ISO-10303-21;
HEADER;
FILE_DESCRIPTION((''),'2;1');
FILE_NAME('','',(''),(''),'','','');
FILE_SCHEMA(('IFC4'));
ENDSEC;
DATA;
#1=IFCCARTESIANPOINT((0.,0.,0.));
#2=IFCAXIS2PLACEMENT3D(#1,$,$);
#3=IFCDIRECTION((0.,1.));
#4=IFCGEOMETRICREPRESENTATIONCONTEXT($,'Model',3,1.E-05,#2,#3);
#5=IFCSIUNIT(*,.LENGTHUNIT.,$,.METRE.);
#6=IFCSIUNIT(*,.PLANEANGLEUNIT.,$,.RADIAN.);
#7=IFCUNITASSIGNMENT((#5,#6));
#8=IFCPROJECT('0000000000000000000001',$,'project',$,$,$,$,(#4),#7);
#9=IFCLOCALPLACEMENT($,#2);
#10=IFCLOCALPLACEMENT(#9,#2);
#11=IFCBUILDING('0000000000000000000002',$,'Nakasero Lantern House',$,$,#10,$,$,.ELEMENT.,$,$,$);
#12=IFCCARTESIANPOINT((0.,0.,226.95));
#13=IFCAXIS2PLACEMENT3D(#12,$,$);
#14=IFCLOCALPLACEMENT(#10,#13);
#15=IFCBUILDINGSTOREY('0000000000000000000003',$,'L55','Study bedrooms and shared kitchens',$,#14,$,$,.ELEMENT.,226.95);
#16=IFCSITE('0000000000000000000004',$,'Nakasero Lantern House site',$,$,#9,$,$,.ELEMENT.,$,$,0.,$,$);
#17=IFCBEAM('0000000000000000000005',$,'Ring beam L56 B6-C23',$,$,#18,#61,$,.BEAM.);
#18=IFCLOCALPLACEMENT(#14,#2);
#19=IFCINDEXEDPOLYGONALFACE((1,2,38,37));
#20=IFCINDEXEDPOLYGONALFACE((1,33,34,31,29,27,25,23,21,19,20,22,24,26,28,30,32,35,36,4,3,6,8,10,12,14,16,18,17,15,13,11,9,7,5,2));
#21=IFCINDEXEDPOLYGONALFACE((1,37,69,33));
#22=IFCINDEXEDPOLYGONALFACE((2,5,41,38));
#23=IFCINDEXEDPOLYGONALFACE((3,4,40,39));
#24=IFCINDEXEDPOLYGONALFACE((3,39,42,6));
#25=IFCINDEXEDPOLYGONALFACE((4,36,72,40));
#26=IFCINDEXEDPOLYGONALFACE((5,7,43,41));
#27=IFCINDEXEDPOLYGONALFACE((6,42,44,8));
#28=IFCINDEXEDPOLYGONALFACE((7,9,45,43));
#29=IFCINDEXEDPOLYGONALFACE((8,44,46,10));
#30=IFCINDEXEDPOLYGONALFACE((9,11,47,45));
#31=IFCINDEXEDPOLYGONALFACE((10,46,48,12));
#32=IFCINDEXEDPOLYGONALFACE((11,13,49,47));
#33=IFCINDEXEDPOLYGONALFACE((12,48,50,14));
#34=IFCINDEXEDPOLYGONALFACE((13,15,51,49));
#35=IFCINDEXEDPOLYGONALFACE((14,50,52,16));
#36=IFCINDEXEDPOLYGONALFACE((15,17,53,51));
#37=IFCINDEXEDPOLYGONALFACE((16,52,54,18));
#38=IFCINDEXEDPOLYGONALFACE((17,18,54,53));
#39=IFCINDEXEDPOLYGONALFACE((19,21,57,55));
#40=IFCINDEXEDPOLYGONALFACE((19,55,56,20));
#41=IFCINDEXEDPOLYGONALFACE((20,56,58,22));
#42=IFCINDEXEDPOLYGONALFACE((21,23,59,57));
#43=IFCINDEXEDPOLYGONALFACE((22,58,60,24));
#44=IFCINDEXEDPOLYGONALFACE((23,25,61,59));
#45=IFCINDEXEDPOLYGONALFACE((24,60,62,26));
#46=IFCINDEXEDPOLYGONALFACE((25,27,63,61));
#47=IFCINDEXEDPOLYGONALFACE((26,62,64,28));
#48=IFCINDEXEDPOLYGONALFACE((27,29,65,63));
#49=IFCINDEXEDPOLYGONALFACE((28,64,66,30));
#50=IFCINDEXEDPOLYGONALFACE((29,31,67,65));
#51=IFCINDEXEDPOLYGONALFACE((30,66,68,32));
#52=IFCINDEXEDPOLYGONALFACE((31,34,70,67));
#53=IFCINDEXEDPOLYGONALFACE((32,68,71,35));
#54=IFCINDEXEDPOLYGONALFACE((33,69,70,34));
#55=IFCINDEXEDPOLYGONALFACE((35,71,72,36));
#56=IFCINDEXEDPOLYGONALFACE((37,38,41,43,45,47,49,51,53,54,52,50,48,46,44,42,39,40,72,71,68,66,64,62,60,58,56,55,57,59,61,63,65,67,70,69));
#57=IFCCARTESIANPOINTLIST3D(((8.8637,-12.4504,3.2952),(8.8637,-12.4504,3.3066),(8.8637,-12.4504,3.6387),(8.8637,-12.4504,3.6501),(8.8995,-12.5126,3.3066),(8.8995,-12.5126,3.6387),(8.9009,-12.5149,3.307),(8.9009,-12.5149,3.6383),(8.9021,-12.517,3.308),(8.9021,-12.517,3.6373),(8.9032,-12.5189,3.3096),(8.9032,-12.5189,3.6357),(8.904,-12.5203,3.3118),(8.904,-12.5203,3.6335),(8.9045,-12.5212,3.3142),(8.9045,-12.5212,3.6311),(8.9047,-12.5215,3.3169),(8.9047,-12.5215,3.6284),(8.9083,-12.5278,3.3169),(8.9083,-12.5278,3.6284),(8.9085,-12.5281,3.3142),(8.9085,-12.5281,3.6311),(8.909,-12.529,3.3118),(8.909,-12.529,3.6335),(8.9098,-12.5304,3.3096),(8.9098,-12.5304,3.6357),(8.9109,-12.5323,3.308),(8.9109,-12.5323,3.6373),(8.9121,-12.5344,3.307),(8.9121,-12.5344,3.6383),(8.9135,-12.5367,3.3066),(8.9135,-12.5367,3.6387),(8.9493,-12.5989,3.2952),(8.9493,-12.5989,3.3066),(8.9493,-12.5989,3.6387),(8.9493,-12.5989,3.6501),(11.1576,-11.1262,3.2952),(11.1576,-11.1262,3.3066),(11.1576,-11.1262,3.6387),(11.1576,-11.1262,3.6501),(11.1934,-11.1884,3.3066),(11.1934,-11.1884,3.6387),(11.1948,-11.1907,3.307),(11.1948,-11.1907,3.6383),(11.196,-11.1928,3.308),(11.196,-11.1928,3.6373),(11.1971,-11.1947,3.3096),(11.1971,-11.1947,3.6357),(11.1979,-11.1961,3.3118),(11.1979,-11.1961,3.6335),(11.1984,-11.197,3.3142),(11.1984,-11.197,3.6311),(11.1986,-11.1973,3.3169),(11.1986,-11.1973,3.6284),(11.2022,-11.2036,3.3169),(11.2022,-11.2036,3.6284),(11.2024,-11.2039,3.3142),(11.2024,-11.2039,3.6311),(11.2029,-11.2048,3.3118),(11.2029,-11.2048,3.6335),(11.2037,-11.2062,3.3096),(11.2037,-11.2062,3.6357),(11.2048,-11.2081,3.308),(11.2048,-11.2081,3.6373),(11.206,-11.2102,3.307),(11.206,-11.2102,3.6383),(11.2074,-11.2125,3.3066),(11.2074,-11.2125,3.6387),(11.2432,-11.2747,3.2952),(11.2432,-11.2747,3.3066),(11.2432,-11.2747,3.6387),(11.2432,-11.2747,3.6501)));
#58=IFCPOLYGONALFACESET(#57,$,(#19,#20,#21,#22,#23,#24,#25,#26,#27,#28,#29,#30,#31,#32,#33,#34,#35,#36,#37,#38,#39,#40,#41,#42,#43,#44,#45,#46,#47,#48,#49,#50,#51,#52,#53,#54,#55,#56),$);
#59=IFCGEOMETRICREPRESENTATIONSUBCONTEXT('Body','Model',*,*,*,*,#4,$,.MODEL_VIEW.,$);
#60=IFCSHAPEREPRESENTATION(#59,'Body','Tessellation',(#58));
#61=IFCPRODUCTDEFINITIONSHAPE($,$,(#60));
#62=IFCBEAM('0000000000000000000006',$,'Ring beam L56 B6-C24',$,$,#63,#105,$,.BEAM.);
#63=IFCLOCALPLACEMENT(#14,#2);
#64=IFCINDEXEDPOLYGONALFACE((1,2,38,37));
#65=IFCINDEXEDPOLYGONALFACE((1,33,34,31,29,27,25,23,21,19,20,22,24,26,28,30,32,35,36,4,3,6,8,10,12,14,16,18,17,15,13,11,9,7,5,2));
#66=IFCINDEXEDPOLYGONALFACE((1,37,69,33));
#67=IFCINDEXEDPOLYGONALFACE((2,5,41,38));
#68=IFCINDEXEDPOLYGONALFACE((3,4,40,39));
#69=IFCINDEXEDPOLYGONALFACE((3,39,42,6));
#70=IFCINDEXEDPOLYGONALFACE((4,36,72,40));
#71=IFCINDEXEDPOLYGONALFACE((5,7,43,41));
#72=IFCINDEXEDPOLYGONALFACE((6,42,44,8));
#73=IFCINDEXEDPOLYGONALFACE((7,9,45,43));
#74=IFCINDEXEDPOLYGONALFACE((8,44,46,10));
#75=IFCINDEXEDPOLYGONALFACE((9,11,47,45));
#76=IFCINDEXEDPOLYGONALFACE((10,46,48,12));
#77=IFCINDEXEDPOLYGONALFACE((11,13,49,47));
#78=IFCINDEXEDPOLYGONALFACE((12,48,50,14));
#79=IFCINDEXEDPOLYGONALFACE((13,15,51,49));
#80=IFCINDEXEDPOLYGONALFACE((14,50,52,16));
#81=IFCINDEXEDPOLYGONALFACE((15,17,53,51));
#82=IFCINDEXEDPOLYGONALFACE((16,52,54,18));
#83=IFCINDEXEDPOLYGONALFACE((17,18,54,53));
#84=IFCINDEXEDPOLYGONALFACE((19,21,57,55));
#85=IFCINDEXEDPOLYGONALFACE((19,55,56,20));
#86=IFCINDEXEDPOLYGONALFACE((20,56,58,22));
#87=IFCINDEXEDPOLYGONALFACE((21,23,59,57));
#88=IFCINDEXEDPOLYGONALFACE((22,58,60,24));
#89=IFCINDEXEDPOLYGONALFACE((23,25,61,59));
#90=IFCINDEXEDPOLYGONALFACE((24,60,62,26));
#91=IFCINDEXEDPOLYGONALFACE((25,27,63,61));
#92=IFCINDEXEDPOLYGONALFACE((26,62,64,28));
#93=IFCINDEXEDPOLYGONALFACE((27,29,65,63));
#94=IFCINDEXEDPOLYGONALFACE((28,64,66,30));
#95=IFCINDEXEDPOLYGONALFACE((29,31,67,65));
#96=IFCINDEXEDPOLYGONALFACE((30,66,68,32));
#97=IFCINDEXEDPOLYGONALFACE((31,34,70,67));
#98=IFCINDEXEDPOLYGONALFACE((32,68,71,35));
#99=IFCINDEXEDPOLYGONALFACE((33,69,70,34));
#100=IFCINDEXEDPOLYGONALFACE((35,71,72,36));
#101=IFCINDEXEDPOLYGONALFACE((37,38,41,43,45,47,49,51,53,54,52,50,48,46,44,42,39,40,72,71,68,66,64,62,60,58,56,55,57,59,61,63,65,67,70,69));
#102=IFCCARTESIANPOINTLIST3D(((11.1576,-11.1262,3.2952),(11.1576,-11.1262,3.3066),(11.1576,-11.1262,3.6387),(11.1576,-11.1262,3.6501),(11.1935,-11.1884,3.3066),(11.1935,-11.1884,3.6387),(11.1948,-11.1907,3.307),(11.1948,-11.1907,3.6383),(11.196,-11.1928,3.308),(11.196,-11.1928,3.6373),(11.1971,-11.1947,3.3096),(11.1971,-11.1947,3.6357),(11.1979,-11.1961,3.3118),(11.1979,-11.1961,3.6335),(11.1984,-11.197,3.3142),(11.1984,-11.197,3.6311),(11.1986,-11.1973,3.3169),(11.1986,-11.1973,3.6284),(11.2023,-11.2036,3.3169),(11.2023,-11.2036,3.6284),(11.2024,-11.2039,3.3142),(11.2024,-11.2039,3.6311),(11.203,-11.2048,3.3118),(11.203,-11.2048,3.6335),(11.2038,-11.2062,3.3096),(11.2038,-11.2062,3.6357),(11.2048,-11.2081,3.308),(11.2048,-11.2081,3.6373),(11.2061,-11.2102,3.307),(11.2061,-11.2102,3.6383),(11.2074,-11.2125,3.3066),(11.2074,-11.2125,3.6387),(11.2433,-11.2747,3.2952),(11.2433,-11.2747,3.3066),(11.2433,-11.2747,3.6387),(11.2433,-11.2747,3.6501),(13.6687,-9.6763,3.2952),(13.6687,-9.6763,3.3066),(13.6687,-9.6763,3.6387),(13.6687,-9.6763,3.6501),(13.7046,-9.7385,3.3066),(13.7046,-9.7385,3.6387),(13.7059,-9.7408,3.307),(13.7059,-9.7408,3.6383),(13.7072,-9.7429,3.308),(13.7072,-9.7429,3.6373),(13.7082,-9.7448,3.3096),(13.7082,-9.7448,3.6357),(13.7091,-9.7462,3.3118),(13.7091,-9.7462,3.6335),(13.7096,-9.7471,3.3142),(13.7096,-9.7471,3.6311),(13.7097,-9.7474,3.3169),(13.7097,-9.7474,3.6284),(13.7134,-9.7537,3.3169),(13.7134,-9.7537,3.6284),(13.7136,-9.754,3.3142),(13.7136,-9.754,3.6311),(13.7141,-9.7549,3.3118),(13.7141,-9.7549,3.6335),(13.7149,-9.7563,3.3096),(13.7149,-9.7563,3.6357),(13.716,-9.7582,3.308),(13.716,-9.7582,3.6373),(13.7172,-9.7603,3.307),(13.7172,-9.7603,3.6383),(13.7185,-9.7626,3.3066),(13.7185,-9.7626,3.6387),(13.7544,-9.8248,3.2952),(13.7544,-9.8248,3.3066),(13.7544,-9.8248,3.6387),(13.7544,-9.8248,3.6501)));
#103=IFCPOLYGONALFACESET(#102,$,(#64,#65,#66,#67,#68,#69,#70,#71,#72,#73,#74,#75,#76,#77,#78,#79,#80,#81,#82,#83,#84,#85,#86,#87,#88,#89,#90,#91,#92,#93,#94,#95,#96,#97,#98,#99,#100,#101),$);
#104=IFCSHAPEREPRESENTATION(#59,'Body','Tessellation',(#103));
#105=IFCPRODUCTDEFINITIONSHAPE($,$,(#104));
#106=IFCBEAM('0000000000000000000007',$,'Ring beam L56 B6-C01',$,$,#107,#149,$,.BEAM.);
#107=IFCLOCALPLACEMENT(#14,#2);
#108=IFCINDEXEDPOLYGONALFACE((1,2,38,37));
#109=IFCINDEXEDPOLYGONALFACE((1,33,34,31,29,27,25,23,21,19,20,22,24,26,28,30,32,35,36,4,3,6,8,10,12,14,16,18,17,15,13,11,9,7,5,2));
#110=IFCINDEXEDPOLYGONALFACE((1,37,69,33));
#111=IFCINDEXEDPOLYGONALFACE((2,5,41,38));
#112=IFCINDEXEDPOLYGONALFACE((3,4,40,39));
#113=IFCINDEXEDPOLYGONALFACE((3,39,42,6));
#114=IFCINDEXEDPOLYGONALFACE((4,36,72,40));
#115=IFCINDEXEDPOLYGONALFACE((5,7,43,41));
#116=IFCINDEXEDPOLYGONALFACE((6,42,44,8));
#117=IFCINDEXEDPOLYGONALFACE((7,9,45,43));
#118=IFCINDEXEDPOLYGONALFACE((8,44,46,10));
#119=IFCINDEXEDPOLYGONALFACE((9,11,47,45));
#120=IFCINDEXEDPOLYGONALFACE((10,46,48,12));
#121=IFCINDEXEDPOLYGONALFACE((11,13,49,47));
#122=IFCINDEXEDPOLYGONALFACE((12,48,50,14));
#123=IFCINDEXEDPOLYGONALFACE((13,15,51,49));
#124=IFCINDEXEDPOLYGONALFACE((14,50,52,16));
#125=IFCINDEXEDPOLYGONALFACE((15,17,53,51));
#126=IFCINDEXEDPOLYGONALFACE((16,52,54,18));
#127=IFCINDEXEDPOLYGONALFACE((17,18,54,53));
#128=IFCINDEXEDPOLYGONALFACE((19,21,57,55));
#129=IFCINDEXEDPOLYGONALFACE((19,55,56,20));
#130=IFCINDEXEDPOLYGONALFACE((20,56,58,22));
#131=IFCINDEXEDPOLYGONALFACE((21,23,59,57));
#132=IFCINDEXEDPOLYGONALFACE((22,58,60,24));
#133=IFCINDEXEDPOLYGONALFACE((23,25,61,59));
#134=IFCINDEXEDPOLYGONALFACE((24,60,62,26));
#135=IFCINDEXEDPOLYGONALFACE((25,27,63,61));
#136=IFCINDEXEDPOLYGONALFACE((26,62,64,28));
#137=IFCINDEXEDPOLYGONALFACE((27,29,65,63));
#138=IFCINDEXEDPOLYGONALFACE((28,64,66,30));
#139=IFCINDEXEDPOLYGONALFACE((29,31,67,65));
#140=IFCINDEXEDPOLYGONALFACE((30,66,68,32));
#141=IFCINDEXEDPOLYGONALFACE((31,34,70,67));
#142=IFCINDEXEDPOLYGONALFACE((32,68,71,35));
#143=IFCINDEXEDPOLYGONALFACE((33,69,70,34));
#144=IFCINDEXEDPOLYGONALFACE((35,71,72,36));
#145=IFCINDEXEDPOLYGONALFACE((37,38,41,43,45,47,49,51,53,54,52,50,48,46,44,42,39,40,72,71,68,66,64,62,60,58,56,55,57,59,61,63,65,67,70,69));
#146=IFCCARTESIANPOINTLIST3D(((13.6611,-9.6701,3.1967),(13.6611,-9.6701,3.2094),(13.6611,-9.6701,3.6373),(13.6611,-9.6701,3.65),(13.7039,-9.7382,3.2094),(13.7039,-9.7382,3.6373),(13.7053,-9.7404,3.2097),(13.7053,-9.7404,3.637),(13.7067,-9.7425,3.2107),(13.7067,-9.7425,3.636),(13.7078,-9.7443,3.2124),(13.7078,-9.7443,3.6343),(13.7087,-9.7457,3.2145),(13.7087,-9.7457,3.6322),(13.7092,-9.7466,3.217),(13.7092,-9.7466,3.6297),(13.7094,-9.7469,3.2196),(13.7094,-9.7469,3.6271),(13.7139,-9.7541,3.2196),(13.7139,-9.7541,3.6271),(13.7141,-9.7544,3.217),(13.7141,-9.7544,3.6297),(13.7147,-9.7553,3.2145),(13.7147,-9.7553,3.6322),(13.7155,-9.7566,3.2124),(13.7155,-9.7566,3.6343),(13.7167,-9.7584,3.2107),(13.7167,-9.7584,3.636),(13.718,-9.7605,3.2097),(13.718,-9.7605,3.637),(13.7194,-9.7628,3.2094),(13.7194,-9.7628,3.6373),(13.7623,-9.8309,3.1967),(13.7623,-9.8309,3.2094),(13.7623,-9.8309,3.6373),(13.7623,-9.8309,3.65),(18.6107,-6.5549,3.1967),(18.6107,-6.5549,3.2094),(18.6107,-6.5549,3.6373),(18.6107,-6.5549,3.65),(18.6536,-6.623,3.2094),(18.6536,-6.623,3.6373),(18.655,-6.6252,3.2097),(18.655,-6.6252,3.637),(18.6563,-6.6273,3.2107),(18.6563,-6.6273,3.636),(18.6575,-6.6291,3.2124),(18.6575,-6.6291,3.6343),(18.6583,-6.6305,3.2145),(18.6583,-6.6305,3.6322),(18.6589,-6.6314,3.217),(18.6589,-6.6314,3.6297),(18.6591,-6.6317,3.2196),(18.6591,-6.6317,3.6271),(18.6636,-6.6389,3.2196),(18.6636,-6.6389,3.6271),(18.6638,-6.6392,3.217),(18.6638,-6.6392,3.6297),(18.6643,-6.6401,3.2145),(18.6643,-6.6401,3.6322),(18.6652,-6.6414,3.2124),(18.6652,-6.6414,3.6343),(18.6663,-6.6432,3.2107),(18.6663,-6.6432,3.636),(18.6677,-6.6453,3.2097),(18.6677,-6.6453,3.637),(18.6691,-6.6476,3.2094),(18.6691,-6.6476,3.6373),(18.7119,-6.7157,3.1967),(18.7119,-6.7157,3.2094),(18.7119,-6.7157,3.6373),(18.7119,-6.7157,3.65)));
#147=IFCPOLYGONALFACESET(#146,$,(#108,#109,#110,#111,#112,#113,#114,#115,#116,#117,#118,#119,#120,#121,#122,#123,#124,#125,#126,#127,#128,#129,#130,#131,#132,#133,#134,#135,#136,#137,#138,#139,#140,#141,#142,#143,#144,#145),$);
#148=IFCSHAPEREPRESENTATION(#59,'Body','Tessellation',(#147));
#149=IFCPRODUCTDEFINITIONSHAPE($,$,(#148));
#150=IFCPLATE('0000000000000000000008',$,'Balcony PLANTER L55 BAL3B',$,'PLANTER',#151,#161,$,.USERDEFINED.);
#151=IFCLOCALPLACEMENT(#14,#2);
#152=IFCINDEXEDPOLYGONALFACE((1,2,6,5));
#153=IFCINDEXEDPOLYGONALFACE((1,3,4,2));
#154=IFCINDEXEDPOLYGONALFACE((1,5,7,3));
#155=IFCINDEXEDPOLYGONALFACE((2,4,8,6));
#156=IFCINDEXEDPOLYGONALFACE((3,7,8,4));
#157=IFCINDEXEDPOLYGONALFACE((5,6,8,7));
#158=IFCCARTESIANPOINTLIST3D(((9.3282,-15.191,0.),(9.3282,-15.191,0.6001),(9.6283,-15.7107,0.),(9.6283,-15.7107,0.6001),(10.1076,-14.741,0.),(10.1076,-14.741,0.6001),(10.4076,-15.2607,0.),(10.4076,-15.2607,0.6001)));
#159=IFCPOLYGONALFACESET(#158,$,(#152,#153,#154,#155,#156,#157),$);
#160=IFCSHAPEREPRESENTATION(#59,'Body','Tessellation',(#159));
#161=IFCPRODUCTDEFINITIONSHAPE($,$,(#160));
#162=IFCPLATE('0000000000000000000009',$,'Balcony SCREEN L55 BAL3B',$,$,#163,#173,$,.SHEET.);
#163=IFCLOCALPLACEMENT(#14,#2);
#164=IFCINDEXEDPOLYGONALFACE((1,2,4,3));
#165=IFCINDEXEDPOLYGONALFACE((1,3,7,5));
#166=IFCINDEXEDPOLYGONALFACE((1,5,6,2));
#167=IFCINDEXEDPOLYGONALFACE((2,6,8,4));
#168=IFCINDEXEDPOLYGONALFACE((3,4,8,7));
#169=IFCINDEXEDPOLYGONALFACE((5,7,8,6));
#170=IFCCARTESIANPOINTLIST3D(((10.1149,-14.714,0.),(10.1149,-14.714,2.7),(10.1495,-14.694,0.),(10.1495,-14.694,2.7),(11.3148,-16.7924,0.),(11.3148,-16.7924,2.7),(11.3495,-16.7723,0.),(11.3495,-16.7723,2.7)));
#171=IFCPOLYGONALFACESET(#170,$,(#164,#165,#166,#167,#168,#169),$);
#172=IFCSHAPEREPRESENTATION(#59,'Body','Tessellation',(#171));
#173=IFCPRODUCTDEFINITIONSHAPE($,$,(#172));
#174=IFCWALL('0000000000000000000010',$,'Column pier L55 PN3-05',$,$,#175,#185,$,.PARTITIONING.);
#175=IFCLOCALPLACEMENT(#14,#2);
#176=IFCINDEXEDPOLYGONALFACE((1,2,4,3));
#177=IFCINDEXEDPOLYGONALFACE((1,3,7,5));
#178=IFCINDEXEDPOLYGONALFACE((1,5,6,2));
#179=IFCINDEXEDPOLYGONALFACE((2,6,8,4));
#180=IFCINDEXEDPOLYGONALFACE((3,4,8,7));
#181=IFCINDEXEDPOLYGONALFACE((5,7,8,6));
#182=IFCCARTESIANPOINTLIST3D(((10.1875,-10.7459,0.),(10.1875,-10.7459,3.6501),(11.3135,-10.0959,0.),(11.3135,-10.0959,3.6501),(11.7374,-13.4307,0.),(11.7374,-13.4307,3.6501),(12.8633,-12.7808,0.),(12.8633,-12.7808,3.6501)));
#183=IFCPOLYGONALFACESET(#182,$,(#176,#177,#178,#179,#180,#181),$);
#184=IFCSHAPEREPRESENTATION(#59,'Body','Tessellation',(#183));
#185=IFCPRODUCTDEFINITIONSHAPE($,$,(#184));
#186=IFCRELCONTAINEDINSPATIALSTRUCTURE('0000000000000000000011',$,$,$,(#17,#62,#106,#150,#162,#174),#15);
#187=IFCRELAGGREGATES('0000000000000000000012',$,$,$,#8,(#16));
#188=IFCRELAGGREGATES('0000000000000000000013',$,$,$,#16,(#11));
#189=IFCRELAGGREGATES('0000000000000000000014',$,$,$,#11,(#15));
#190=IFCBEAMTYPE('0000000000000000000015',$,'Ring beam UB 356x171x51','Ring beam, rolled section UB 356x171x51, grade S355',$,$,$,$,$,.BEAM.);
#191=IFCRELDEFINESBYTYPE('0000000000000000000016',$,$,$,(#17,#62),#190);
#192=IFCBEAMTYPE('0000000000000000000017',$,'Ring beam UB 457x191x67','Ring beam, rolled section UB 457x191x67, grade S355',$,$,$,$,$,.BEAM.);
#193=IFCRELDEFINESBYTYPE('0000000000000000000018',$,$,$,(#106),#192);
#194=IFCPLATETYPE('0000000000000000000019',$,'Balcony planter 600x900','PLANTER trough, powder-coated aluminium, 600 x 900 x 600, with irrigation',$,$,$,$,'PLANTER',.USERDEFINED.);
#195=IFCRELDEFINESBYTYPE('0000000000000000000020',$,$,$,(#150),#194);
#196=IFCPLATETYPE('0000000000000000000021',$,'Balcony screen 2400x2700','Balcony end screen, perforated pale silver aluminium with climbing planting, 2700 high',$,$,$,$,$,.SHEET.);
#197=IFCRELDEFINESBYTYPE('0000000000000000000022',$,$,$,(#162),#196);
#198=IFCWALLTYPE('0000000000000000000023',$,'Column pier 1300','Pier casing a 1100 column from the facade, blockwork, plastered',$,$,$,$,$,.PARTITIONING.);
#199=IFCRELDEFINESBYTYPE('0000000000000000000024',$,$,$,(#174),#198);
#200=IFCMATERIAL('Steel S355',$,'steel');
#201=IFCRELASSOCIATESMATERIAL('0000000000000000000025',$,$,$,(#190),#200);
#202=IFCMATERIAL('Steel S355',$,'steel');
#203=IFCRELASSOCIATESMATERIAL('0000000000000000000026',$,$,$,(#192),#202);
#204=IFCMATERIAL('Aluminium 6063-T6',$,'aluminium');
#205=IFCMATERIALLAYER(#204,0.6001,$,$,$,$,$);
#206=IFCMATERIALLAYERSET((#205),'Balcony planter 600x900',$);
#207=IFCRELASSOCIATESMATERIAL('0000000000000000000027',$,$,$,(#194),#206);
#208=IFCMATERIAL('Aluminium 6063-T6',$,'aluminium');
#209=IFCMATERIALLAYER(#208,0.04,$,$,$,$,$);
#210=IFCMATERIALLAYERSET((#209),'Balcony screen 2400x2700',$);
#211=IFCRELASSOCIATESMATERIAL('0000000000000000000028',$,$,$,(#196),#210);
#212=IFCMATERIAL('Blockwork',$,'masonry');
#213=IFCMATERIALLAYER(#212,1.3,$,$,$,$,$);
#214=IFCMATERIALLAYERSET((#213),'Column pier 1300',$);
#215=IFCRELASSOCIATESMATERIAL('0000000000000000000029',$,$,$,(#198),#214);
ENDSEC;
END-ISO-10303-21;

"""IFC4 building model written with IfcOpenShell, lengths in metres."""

from ifc_helpers import new_model, si_unit, direction, frame, frame_2d, origin, origin_2d, place, context, subcontext, project, spatial, rectangle, i_section, extrude, material, layer, layer_set, material_profile, profile_set, type_object, element, save


model = new_model("IFC4")

# Units and contexts
model_context = context("Model", 3, precision=1e-05, world=origin(), true_north=direction((0.0, 1.0)))
body_context = subcontext(model_context, "Body", "Model", "MODEL_VIEW")
ifc_project = project(units=[si_unit("LENGTHUNIT", "METRE"), si_unit("PLANEANGLEUNIT", "RADIAN")], contexts=[model_context])

# Site, building, storey
site_placement = place(None, origin())
site = spatial("IfcSite", under=ifc_project, at=site_placement, Name="Nakasero Lantern House site", CompositionType="ELEMENT", RefElevation=0.0)
building_placement = place(site_placement, origin())
building = spatial("IfcBuilding", under=site, at=building_placement, Name="Nakasero Lantern House", CompositionType="ELEMENT")
storey_placement = place(building_placement, frame((0.0, 0.0, 226.95)))
storey = spatial("IfcBuildingStorey", under=building, at=storey_placement, Name="L55", Description="Study bedrooms and shared kitchens", CompositionType="ELEMENT", Elevation=226.95)

# Beams
ifc_material_1 = material(Name="Steel S355", Category="steel")
ifc_material_profile_1 = material_profile(ifc_material_1, i_section(OverallWidth=0.1714, OverallDepth=0.355, WebThickness=0.0073, FlangeThickness=0.0115, FilletRadius=0.0103, at=origin_2d()), Name="UB 356x171x51")
ifc_profile_set_1 = profile_set([ifc_material_profile_1], Name="Steel S355")
beam_type_1 = type_object("IfcBeamType", Name="Ring beam UB 356x171x51", Description="Ring beam, rolled section UB 356x171x51, grade S355", PredefinedType="BEAM", material=ifc_profile_set_1)
beam_1_placement = place(storey_placement, frame((8.9065, -12.5247, 3.4727), z_axis=(0.866057, 0.499946, 0.0), x_axis=(-0.499946, 0.866057, 0.0)))
element("IfcBeam", 1, at=beam_1_placement, inside=storey, type_object=beam_type_1, Name="Ring beam L56 B6-C23", PredefinedType="BEAM", context=body_context, shape_type="SweptSolid", body=[
    extrude(i_section(OverallWidth=0.1714, OverallDepth=0.355, WebThickness=0.0073, FlangeThickness=0.0115, FilletRadius=0.0103, at=origin_2d()), origin(), (0.0, 0.0, 1.0), 2.6487),
])
beam_2_placement = place(storey_placement, frame((11.2004, -11.2004, 3.4727), z_axis=(0.866012, 0.500024, 0.0), x_axis=(-0.500024, 0.866012, 0.0)))
element("IfcBeam", 2, at=beam_2_placement, inside=storey, type_object=beam_type_1, Name="Ring beam L56 B6-C24", PredefinedType="BEAM", context=body_context, shape_type="SweptSolid", body=[
    extrude(i_section(OverallWidth=0.1714, OverallDepth=0.355, WebThickness=0.0073, FlangeThickness=0.0115, FilletRadius=0.0103, at=origin_2d()), origin(), (0.0, 0.0, 1.0), 2.8997),
])
ifc_material_2 = material(Name="Steel S355", Category="steel")
ifc_material_profile_2 = material_profile(ifc_material_2, i_section(OverallWidth=0.1899, OverallDepth=0.4534, WebThickness=0.0085, FlangeThickness=0.0127, FilletRadius=0.0103, at=origin_2d()), Name="UB 457x191x67")
ifc_profile_set_2 = profile_set([ifc_material_profile_2], Name="Steel S355")
beam_type_2 = type_object("IfcBeamType", Name="Ring beam UB 457x191x67", Description="Ring beam, rolled section UB 457x191x67, grade S355", PredefinedType="BEAM", material=ifc_profile_set_2)
beam_3_placement = place(storey_placement, frame((13.7117, -9.7505, 3.4233), z_axis=(0.846329, 0.53266, 0.0), x_axis=(-0.53266, 0.846329, 0.0)))
element("IfcBeam", 3, at=beam_3_placement, inside=storey, type_object=beam_type_2, Name="Ring beam L56 B6-C01", PredefinedType="BEAM", context=body_context, shape_type="SweptSolid", body=[
    extrude(i_section(OverallWidth=0.1899, OverallDepth=0.4534, WebThickness=0.0085, FlangeThickness=0.0127, FilletRadius=0.0103, at=origin_2d()), origin(), (0.0, 0.0, 1.0), 5.8484),
])

# Plates
ifc_material_3 = material(Name="Aluminium 6063-T6", Category="aluminium")
ifc_layer_1 = layer(ifc_material_3, 0.6001)
ifc_layer_set_1 = layer_set([ifc_layer_1], Name="Balcony planter 600x900")
plate_type_1 = type_object("IfcPlateType", Name="Balcony planter 600x900", Description="PLANTER trough, powder-coated aluminium, 600 x 900 x 600, with irrigation", ElementType="PLANTER", PredefinedType="USERDEFINED", material=ifc_layer_set_1)
plate_1_placement = place(storey_placement, frame((9.8679, -15.2258, 0.0), z_axis=(0.0, 0.0, 1.0), x_axis=(0.5, -0.866025, 0.0)))
element("IfcPlate", 4, at=plate_1_placement, inside=storey, type_object=plate_type_1, Name="Balcony PLANTER L55 BAL3B", ObjectType="PLANTER", PredefinedType="USERDEFINED", context=body_context, shape_type="SweptSolid", body=[
    extrude(rectangle(XDim=0.6001, YDim=0.8999, at=origin_2d()), origin(), (0.0, 0.0, 1.0), 0.6001),
])
ifc_material_4 = material(Name="Aluminium 6063-T6", Category="aluminium")
ifc_layer_2 = layer(ifc_material_4, 0.04)
ifc_layer_set_2 = layer_set([ifc_layer_2], Name="Balcony screen 2400x2700")
plate_type_2 = type_object("IfcPlateType", Name="Balcony screen 2400x2700", Description="Balcony end screen, perforated pale silver aluminium with climbing planting, 2700 high", PredefinedType="SHEET", material=ifc_layer_set_2)
plate_2_placement = place(storey_placement, frame((10.7322, -15.7432, 0.0), z_axis=(0.0, 0.0, 1.0), x_axis=(0.5, -0.866025, 0.0)))
element("IfcPlate", 5, at=plate_2_placement, inside=storey, type_object=plate_type_2, Name="Balcony SCREEN L55 BAL3B", PredefinedType="SHEET", context=body_context, shape_type="SweptSolid", body=[
    extrude(rectangle(XDim=2.3999, YDim=0.04, at=origin_2d()), origin(), (0.0, 0.0, 1.0), 2.7),
])

# Wall
ifc_material_5 = material(Name="Blockwork", Category="masonry")
ifc_layer_3 = layer(ifc_material_5, 1.3)
ifc_layer_set_3 = layer_set([ifc_layer_3], Name="Column pier 1300")
wall_type_1 = type_object("IfcWallType", Name="Column pier 1300", Description="Pier casing a 1100 column from the facade, blockwork, plastered", PredefinedType="PARTITIONING", material=ifc_layer_set_3)
wall_1_placement = place(storey_placement, frame((10.7505, -10.4209, 0.0), z_axis=(0.0, 0.0, 1.0), x_axis=(0.499934, -0.866064, 0.0)))
element("IfcWall", 6, at=wall_1_placement, inside=storey, type_object=wall_type_1, Name="Column pier L55 PN3-05", PredefinedType="PARTITIONING", context=body_context, shape_type="SweptSolid", body=[
    extrude(rectangle(XDim=3.1001, YDim=1.3, at=frame_2d((1.55, 0.0))), origin(), (0.0, 0.0, 1.0), 3.6501),
])

save(model, "model.ifc")
